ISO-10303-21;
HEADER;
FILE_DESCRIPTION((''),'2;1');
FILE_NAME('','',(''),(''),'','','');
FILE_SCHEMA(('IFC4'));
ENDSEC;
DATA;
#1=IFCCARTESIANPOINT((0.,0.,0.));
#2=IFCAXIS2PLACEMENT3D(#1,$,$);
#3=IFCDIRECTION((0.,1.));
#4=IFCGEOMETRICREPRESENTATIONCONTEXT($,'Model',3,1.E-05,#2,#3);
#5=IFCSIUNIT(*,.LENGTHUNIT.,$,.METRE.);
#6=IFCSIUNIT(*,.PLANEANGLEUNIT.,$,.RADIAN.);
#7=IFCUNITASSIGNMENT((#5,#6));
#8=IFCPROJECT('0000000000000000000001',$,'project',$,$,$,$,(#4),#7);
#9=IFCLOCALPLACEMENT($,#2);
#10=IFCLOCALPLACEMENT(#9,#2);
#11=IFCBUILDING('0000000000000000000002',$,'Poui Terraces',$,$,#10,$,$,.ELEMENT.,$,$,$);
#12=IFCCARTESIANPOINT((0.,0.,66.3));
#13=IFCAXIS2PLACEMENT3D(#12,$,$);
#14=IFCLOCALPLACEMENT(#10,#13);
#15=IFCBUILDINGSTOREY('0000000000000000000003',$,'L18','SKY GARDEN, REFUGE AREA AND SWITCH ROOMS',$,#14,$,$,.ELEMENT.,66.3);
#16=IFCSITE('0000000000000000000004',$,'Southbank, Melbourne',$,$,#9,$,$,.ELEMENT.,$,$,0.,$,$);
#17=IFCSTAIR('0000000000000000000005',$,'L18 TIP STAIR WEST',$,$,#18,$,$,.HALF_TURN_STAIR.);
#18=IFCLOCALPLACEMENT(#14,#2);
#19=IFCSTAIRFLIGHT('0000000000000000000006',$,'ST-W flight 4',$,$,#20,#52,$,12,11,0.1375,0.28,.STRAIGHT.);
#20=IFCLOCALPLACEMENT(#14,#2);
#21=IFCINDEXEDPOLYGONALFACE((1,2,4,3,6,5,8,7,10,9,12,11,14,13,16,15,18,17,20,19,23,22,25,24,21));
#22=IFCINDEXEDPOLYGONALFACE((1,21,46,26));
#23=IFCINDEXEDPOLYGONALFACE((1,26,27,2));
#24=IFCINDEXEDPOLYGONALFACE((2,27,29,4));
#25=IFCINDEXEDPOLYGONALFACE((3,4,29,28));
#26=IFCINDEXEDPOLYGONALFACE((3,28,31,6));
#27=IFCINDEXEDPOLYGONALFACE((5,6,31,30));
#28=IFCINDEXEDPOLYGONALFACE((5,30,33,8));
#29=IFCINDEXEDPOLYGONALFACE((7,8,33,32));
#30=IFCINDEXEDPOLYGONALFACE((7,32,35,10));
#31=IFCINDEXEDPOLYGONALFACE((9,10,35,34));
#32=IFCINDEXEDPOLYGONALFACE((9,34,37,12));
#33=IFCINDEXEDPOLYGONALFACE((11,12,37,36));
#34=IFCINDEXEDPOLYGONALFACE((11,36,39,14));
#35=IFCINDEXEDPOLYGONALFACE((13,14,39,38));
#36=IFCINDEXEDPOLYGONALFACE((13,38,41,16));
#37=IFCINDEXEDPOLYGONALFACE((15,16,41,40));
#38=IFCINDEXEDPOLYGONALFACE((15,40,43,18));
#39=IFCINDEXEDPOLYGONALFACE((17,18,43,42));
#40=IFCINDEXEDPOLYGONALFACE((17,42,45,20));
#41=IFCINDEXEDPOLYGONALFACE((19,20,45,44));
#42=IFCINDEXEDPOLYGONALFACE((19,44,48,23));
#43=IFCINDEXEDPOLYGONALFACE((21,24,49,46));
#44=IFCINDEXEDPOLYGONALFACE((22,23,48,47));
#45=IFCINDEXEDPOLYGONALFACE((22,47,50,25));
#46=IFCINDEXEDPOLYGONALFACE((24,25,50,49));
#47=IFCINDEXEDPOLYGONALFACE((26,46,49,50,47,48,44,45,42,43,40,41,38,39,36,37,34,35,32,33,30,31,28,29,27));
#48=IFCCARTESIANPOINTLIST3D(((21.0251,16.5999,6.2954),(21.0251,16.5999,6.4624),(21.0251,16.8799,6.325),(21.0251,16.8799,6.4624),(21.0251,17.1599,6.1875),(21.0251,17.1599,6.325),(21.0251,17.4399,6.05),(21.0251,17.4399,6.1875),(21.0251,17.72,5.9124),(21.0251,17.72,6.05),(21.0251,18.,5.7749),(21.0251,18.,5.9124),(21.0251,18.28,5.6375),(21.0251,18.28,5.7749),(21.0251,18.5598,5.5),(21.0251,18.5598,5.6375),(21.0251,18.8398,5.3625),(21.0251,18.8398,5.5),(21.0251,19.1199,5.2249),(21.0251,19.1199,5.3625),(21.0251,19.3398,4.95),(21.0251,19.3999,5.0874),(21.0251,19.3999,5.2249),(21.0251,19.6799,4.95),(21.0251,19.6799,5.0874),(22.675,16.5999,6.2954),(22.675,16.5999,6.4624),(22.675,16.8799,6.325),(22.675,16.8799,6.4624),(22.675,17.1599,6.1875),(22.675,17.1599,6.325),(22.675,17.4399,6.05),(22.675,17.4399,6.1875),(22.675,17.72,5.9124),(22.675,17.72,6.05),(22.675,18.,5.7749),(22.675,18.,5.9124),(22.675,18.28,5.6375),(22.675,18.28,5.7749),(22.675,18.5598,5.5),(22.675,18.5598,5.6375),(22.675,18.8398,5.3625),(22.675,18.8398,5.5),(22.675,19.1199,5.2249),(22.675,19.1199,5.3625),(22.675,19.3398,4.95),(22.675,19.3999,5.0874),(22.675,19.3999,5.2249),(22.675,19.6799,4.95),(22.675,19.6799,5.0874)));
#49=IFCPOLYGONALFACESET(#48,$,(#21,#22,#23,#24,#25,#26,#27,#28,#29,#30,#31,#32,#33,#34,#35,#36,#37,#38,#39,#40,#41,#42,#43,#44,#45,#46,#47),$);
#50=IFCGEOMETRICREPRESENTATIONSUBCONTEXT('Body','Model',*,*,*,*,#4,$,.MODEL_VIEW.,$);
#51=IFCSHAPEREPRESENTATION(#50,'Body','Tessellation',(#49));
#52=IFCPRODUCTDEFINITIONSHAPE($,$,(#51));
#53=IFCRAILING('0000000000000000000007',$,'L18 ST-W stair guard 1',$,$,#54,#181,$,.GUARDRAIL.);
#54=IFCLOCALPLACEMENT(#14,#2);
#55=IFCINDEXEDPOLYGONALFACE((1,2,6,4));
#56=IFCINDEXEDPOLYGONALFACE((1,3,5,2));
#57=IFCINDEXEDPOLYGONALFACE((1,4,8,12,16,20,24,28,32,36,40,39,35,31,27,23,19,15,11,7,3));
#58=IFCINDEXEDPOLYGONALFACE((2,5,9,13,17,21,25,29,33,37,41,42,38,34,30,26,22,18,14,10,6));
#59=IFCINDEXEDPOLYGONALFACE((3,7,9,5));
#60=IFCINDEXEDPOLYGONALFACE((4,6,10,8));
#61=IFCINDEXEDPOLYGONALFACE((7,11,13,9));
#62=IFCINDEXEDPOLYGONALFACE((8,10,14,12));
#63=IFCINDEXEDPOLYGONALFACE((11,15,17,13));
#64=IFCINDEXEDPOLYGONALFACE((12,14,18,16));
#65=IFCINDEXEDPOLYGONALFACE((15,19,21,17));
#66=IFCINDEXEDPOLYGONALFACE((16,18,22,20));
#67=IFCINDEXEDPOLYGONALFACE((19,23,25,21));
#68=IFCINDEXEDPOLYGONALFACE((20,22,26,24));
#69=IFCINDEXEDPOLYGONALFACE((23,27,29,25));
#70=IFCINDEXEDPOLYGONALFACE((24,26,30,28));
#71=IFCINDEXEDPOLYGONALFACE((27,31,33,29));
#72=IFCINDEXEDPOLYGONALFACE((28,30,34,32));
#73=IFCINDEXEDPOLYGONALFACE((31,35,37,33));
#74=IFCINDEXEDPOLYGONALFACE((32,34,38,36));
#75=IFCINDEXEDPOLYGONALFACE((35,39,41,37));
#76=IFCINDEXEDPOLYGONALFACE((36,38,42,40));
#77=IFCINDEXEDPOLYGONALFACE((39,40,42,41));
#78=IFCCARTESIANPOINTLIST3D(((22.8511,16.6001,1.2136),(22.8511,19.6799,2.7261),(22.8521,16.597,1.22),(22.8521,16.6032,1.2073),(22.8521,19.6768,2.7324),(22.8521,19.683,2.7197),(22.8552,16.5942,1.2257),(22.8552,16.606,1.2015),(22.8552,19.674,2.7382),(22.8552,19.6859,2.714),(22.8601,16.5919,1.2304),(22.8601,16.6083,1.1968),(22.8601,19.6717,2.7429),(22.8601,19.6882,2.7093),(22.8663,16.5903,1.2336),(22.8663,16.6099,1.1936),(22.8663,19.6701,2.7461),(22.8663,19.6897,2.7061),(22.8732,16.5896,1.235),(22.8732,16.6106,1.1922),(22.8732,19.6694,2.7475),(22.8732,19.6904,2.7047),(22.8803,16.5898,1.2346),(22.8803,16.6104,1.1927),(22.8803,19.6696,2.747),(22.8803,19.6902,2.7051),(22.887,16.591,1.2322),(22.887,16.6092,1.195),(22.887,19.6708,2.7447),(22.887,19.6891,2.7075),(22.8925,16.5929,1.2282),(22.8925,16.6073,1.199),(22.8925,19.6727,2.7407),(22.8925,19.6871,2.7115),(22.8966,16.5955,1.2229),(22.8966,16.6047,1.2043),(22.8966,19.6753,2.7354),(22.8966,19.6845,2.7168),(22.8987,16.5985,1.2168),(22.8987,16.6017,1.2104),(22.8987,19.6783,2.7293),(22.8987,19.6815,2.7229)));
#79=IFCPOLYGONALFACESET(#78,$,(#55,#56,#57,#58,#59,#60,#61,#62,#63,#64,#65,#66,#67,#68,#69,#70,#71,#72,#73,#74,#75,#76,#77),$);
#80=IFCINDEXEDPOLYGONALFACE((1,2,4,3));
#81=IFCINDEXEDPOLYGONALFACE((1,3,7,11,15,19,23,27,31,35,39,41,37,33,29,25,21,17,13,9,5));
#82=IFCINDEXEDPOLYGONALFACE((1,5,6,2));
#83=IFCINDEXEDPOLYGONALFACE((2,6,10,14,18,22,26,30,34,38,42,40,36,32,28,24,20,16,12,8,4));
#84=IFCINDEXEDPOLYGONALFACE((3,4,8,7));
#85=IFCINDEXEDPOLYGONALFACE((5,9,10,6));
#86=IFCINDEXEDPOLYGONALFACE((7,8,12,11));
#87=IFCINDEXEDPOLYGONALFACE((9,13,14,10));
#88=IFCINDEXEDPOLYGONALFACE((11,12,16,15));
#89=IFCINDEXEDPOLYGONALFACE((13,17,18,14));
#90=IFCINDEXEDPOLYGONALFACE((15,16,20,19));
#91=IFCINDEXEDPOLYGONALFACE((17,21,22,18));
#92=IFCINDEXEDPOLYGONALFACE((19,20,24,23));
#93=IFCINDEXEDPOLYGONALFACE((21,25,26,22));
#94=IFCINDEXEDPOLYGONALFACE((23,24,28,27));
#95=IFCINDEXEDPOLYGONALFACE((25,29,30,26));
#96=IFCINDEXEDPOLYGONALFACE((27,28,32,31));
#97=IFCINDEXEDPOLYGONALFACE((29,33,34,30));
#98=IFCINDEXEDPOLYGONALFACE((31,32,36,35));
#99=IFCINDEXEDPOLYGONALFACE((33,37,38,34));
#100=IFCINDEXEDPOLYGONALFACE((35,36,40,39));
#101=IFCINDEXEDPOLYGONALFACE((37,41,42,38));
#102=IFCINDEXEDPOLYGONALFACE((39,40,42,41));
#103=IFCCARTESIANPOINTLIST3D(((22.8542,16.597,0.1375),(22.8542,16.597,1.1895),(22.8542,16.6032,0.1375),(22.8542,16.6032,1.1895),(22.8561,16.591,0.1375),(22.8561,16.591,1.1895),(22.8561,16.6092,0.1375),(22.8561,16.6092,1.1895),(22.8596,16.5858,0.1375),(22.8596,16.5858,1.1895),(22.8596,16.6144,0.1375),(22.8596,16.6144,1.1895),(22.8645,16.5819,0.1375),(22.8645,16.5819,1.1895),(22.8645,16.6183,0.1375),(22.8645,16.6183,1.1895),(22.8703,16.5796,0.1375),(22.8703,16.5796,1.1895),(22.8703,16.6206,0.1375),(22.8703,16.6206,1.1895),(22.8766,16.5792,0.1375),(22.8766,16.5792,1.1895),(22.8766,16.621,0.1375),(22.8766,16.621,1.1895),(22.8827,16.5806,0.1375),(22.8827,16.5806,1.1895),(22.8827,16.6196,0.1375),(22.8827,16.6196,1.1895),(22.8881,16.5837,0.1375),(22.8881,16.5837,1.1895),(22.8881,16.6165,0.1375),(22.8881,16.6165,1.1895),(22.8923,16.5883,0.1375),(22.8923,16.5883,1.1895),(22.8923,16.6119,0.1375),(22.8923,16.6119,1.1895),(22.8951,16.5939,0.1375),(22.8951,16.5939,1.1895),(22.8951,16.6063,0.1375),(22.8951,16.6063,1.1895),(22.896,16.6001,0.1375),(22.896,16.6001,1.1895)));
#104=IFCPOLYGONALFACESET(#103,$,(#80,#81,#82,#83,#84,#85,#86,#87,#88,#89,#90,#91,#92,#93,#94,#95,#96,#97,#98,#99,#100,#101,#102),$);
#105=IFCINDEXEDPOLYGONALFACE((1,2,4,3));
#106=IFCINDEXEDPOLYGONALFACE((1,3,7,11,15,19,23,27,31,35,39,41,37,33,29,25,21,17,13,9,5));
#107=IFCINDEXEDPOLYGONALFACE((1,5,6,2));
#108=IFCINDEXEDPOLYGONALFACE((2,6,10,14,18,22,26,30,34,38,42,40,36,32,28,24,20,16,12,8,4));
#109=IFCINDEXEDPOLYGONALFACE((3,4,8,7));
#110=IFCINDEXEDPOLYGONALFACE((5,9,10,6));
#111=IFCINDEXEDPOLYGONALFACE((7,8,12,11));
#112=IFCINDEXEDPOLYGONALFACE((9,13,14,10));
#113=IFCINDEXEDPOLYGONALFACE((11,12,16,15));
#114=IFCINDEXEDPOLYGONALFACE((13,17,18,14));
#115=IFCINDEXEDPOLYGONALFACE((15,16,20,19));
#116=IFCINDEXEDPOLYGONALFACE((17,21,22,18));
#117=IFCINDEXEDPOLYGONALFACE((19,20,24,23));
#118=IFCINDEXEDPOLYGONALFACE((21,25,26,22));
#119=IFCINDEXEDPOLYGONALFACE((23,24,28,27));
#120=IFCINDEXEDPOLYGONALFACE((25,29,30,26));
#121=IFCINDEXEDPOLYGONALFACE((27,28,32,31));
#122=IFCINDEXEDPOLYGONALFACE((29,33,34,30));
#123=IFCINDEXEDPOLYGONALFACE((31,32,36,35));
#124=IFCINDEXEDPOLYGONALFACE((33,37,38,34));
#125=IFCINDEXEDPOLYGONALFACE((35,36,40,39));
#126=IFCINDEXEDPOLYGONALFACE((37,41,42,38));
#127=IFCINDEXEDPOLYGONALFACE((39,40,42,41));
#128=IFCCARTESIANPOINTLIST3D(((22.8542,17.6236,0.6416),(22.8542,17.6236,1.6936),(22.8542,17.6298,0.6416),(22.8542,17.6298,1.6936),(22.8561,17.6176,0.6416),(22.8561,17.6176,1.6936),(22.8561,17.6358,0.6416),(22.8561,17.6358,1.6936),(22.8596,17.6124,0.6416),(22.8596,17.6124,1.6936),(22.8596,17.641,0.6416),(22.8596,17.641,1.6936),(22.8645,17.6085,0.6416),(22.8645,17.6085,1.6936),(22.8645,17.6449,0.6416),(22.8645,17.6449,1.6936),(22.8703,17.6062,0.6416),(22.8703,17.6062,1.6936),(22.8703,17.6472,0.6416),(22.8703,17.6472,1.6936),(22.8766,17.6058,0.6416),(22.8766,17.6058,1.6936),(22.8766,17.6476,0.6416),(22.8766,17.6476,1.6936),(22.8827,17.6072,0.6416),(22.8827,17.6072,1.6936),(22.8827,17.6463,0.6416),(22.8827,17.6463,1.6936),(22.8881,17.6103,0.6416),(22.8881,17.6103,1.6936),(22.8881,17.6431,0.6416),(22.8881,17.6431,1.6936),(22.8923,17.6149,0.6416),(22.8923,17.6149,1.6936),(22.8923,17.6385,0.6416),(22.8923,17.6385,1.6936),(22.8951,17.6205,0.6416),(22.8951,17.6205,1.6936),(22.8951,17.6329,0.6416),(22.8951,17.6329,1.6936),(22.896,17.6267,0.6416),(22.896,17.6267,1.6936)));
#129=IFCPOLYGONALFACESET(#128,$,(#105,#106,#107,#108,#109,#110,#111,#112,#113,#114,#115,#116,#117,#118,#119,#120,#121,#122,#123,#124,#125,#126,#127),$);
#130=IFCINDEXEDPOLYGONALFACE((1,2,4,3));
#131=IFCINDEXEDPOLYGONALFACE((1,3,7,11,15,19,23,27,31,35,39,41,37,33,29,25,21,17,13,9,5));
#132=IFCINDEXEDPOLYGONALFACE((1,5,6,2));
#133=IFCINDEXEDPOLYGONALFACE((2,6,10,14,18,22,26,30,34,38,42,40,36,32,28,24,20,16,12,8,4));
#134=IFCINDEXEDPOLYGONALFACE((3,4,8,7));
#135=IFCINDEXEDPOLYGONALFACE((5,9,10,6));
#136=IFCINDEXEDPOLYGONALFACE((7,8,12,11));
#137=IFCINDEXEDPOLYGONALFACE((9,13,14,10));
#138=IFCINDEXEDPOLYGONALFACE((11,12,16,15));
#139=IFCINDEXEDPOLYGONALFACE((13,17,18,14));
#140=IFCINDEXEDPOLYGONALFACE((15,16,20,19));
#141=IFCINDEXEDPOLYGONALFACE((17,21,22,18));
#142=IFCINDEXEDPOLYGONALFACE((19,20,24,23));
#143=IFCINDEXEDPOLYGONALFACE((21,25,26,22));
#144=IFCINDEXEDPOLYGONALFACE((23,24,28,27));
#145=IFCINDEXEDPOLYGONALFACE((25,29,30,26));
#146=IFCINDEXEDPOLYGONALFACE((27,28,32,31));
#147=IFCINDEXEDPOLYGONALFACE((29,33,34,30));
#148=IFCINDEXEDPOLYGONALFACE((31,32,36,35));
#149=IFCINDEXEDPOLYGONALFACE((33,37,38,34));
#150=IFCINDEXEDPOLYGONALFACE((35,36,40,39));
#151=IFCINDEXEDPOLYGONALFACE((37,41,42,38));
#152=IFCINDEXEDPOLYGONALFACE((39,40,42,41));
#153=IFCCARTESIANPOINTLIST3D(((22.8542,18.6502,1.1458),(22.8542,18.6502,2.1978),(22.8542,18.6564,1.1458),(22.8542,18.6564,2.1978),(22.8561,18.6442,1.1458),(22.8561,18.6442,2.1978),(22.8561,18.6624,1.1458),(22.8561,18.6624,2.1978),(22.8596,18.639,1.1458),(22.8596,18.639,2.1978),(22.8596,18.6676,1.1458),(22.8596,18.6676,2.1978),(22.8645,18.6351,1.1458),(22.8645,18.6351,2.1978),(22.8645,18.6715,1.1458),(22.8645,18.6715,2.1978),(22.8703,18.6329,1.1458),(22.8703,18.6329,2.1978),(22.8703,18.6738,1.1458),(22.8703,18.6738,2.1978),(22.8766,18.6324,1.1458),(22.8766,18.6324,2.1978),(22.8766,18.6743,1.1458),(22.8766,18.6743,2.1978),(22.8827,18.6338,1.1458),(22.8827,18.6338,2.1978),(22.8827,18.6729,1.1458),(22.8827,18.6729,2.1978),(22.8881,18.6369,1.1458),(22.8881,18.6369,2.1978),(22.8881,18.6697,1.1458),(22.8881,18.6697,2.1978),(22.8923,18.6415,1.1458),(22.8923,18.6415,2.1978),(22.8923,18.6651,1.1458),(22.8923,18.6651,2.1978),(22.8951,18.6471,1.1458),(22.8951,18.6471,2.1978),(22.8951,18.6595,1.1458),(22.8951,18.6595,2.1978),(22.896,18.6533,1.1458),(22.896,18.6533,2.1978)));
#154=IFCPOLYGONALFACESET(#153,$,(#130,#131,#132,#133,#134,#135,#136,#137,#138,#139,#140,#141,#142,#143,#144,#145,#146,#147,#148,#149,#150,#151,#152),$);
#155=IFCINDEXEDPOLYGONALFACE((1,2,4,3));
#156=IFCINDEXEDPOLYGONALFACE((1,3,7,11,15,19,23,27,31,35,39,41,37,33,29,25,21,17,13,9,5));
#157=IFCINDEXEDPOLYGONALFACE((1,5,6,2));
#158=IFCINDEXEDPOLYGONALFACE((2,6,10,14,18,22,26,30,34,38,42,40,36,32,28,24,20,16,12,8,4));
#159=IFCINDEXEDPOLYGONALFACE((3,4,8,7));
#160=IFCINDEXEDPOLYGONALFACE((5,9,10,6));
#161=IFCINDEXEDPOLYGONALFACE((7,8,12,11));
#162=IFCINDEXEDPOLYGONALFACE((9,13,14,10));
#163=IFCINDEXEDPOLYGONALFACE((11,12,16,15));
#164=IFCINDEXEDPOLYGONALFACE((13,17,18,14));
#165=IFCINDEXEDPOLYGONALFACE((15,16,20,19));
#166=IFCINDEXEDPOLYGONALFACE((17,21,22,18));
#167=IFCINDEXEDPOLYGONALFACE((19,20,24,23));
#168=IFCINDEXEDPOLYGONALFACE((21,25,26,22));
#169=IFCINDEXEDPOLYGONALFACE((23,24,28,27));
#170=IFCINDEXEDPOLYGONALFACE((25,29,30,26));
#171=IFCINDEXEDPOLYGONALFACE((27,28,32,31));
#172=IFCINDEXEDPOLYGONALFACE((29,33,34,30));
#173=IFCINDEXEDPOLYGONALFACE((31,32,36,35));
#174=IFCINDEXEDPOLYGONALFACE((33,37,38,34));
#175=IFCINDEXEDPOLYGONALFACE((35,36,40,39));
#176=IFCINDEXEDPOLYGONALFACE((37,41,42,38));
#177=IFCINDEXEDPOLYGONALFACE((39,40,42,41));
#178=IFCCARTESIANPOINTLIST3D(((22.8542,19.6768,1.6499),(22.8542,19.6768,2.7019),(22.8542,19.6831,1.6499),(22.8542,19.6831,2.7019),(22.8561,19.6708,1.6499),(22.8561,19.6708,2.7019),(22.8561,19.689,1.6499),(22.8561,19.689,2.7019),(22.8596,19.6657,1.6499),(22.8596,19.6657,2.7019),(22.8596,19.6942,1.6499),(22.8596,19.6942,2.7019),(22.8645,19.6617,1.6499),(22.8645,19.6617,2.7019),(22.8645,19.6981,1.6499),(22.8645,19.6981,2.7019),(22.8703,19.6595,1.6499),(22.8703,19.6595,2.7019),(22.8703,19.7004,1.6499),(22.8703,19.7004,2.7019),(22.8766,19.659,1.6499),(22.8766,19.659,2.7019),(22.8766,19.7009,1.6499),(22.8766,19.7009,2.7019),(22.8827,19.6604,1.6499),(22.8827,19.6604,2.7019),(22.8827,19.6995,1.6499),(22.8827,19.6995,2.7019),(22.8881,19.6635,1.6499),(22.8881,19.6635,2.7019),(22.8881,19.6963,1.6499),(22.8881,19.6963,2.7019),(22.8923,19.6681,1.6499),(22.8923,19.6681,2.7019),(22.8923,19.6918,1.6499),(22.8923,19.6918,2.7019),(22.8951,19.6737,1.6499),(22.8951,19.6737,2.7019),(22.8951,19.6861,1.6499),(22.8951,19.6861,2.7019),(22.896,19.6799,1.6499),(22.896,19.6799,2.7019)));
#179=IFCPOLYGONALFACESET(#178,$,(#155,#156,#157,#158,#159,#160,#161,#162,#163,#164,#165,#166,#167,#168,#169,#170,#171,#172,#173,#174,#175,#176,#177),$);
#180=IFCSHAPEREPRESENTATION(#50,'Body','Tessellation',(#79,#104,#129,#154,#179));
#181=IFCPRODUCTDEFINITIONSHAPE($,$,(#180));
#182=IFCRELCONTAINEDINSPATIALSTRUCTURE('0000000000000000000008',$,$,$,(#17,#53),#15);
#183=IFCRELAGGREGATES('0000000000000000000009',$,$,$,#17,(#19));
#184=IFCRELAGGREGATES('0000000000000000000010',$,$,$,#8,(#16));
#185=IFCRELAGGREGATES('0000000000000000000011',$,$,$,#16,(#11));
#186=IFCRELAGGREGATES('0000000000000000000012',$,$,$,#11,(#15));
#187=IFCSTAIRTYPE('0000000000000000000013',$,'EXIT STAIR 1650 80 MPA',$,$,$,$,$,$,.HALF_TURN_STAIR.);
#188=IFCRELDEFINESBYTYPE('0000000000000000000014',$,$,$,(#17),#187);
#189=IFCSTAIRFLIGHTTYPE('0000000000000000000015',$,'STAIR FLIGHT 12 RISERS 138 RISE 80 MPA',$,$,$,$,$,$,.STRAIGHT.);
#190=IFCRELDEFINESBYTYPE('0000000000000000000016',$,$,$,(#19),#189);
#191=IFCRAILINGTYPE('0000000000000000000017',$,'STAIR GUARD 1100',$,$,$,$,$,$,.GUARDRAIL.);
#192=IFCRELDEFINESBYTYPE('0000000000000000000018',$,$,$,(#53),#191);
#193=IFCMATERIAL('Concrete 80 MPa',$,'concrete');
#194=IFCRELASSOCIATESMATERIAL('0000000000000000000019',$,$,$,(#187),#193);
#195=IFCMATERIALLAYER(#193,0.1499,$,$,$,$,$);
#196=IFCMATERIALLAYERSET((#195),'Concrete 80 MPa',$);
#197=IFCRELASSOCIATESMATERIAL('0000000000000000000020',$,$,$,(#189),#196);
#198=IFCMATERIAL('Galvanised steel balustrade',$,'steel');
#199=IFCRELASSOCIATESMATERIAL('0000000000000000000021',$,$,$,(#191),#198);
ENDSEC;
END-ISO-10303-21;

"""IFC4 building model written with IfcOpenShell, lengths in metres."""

from ifc_helpers import new_model, si_unit, direction, frame, origin, origin_2d, place, context, subcontext, project, spatial, polyline, circle, outline, extrude, material, layer, layer_set, type_object, element, aggregate, save


model = new_model("IFC4")

# Units and contexts
model_context = context("Model", 3, precision=1e-05, world=origin(), true_north=direction((0.0, 1.0)))
body_context = subcontext(model_context, "Body", "Model", "MODEL_VIEW")
ifc_project = project(units=[si_unit("LENGTHUNIT", "METRE"), si_unit("PLANEANGLEUNIT", "RADIAN")], contexts=[model_context])

# Site, building, storey
site_placement = place(None, origin())
site = spatial("IfcSite", under=ifc_project, at=site_placement, Name="Southbank, Melbourne", CompositionType="ELEMENT", RefElevation=0.0)
building_placement = place(site_placement, origin())
building = spatial("IfcBuilding", under=site, at=building_placement, Name="Poui Terraces", CompositionType="ELEMENT")
storey_placement = place(building_placement, frame((0.0, 0.0, 66.3)))
storey = spatial("IfcBuildingStorey", under=building, at=storey_placement, Name="L18", Description="SKY GARDEN, REFUGE AREA AND SWITCH ROOMS", CompositionType="ELEMENT", Elevation=66.3)

# Shared definitions
ifc_material_1 = material(Name="Concrete 80 MPa", Category="concrete")

# Stair, stair flight
stair_type = type_object("IfcStairType", Name="EXIT STAIR 1650 80 MPA", PredefinedType="HALF_TURN_STAIR", material=ifc_material_1)
stair_placement = place(storey_placement, origin())
stair = element("IfcStair", 1, at=stair_placement, inside=storey, type_object=stair_type, Name="L18 TIP STAIR WEST", PredefinedType="HALF_TURN_STAIR")
ifc_layer_1 = layer(ifc_material_1, 0.1499)
ifc_layer_set_1 = layer_set([ifc_layer_1], Name="Concrete 80 MPa")
stair_flight_type = type_object("IfcStairFlightType", Name="STAIR FLIGHT 12 RISERS 138 RISE 80 MPA", PredefinedType="STRAIGHT", material=ifc_layer_set_1)
stair_flight_1_placement = place(storey_placement, frame((21.8501, 19.6799, 4.95), z_axis=(0.0, 0.0, 1.0), x_axis=(0.0, -1.0, 0.0)))
stair_flight_1 = element("IfcStairFlight", 2, at=stair_flight_1_placement, type_object=stair_flight_type, Name="ST-W flight 4", NumberOfRisers=12, NumberOfTreads=11, PredefinedType="STRAIGHT", RiserHeight=0.1375, TreadLength=0.28, context=body_context, shape_type="SweptSolid", body=[
    extrude(outline(polyline([(0.0, 0.0), (0.0, 0.1375), (0.28, 0.1375), (0.28, 0.2749), (0.5601, 0.2749), (0.5601, 0.4126), (0.8401, 0.4126), (0.8401, 0.55), (1.1201, 0.55), (1.1201, 0.6875), (1.3999, 0.6875), (1.3999, 0.825), (1.6799, 0.825), (1.6799, 0.9624), (1.96, 0.9624), (1.96, 1.1001), (2.24, 1.1001), (2.24, 1.2375), (2.52, 1.2375), (2.52, 1.375), (2.8, 1.375), (2.8, 1.5125), (3.0801, 1.5125), (3.0801, 1.6499), (3.0801, 1.3455), (0.3401, 0.0), (0.0, 0.0)])), frame((0.0, 0.825, 0.0), z_axis=(0.0, -1.0, 0.0), x_axis=(1.0, 0.0, 0.0)), (0.0, 0.0, 1.0), 1.6499),
])
aggregate(stair, [stair_flight_1])

# Railing
ifc_material_2 = material(Name="Galvanised steel balustrade", Category="steel")
railing_type_1 = type_object("IfcRailingType", Name="STAIR GUARD 1100", PredefinedType="GUARDRAIL", material=ifc_material_2)
railing_1_placement = place(storey_placement, frame((22.875, 16.6001, 0.1375)))
element("IfcRailing", 3, at=railing_1_placement, inside=storey, type_object=railing_type_1, Name="L18 ST-W stair guard 1", PredefinedType="GUARDRAIL", context=body_context, shape_type="SweptSolid", body=[
    extrude(circle(Radius=0.0239, at=origin_2d()), frame((0.0, 0.0, 1.0762), z_axis=(0.0, 0.897606, 0.440798), x_axis=(-1.0, 0.0, 0.0)), (0.0, 0.0, 1.0), 3.4312),
    extrude(circle(Radius=0.021, at=origin_2d()), origin(), (0.0, 0.0, 1.0), 1.052),
    extrude(circle(Radius=0.021, at=origin_2d()), frame((0.0, 1.0266, 0.5042)), (0.0, 0.0, 1.0), 1.052),
    extrude(circle(Radius=0.021, at=origin_2d()), frame((0.0, 2.0532, 1.0083)), (0.0, 0.0, 1.0), 1.052),
    extrude(circle(Radius=0.021, at=origin_2d()), frame((0.0, 3.0798, 1.5125)), (0.0, 0.0, 1.0), 1.052),
])

save(model, "model.ifc")
